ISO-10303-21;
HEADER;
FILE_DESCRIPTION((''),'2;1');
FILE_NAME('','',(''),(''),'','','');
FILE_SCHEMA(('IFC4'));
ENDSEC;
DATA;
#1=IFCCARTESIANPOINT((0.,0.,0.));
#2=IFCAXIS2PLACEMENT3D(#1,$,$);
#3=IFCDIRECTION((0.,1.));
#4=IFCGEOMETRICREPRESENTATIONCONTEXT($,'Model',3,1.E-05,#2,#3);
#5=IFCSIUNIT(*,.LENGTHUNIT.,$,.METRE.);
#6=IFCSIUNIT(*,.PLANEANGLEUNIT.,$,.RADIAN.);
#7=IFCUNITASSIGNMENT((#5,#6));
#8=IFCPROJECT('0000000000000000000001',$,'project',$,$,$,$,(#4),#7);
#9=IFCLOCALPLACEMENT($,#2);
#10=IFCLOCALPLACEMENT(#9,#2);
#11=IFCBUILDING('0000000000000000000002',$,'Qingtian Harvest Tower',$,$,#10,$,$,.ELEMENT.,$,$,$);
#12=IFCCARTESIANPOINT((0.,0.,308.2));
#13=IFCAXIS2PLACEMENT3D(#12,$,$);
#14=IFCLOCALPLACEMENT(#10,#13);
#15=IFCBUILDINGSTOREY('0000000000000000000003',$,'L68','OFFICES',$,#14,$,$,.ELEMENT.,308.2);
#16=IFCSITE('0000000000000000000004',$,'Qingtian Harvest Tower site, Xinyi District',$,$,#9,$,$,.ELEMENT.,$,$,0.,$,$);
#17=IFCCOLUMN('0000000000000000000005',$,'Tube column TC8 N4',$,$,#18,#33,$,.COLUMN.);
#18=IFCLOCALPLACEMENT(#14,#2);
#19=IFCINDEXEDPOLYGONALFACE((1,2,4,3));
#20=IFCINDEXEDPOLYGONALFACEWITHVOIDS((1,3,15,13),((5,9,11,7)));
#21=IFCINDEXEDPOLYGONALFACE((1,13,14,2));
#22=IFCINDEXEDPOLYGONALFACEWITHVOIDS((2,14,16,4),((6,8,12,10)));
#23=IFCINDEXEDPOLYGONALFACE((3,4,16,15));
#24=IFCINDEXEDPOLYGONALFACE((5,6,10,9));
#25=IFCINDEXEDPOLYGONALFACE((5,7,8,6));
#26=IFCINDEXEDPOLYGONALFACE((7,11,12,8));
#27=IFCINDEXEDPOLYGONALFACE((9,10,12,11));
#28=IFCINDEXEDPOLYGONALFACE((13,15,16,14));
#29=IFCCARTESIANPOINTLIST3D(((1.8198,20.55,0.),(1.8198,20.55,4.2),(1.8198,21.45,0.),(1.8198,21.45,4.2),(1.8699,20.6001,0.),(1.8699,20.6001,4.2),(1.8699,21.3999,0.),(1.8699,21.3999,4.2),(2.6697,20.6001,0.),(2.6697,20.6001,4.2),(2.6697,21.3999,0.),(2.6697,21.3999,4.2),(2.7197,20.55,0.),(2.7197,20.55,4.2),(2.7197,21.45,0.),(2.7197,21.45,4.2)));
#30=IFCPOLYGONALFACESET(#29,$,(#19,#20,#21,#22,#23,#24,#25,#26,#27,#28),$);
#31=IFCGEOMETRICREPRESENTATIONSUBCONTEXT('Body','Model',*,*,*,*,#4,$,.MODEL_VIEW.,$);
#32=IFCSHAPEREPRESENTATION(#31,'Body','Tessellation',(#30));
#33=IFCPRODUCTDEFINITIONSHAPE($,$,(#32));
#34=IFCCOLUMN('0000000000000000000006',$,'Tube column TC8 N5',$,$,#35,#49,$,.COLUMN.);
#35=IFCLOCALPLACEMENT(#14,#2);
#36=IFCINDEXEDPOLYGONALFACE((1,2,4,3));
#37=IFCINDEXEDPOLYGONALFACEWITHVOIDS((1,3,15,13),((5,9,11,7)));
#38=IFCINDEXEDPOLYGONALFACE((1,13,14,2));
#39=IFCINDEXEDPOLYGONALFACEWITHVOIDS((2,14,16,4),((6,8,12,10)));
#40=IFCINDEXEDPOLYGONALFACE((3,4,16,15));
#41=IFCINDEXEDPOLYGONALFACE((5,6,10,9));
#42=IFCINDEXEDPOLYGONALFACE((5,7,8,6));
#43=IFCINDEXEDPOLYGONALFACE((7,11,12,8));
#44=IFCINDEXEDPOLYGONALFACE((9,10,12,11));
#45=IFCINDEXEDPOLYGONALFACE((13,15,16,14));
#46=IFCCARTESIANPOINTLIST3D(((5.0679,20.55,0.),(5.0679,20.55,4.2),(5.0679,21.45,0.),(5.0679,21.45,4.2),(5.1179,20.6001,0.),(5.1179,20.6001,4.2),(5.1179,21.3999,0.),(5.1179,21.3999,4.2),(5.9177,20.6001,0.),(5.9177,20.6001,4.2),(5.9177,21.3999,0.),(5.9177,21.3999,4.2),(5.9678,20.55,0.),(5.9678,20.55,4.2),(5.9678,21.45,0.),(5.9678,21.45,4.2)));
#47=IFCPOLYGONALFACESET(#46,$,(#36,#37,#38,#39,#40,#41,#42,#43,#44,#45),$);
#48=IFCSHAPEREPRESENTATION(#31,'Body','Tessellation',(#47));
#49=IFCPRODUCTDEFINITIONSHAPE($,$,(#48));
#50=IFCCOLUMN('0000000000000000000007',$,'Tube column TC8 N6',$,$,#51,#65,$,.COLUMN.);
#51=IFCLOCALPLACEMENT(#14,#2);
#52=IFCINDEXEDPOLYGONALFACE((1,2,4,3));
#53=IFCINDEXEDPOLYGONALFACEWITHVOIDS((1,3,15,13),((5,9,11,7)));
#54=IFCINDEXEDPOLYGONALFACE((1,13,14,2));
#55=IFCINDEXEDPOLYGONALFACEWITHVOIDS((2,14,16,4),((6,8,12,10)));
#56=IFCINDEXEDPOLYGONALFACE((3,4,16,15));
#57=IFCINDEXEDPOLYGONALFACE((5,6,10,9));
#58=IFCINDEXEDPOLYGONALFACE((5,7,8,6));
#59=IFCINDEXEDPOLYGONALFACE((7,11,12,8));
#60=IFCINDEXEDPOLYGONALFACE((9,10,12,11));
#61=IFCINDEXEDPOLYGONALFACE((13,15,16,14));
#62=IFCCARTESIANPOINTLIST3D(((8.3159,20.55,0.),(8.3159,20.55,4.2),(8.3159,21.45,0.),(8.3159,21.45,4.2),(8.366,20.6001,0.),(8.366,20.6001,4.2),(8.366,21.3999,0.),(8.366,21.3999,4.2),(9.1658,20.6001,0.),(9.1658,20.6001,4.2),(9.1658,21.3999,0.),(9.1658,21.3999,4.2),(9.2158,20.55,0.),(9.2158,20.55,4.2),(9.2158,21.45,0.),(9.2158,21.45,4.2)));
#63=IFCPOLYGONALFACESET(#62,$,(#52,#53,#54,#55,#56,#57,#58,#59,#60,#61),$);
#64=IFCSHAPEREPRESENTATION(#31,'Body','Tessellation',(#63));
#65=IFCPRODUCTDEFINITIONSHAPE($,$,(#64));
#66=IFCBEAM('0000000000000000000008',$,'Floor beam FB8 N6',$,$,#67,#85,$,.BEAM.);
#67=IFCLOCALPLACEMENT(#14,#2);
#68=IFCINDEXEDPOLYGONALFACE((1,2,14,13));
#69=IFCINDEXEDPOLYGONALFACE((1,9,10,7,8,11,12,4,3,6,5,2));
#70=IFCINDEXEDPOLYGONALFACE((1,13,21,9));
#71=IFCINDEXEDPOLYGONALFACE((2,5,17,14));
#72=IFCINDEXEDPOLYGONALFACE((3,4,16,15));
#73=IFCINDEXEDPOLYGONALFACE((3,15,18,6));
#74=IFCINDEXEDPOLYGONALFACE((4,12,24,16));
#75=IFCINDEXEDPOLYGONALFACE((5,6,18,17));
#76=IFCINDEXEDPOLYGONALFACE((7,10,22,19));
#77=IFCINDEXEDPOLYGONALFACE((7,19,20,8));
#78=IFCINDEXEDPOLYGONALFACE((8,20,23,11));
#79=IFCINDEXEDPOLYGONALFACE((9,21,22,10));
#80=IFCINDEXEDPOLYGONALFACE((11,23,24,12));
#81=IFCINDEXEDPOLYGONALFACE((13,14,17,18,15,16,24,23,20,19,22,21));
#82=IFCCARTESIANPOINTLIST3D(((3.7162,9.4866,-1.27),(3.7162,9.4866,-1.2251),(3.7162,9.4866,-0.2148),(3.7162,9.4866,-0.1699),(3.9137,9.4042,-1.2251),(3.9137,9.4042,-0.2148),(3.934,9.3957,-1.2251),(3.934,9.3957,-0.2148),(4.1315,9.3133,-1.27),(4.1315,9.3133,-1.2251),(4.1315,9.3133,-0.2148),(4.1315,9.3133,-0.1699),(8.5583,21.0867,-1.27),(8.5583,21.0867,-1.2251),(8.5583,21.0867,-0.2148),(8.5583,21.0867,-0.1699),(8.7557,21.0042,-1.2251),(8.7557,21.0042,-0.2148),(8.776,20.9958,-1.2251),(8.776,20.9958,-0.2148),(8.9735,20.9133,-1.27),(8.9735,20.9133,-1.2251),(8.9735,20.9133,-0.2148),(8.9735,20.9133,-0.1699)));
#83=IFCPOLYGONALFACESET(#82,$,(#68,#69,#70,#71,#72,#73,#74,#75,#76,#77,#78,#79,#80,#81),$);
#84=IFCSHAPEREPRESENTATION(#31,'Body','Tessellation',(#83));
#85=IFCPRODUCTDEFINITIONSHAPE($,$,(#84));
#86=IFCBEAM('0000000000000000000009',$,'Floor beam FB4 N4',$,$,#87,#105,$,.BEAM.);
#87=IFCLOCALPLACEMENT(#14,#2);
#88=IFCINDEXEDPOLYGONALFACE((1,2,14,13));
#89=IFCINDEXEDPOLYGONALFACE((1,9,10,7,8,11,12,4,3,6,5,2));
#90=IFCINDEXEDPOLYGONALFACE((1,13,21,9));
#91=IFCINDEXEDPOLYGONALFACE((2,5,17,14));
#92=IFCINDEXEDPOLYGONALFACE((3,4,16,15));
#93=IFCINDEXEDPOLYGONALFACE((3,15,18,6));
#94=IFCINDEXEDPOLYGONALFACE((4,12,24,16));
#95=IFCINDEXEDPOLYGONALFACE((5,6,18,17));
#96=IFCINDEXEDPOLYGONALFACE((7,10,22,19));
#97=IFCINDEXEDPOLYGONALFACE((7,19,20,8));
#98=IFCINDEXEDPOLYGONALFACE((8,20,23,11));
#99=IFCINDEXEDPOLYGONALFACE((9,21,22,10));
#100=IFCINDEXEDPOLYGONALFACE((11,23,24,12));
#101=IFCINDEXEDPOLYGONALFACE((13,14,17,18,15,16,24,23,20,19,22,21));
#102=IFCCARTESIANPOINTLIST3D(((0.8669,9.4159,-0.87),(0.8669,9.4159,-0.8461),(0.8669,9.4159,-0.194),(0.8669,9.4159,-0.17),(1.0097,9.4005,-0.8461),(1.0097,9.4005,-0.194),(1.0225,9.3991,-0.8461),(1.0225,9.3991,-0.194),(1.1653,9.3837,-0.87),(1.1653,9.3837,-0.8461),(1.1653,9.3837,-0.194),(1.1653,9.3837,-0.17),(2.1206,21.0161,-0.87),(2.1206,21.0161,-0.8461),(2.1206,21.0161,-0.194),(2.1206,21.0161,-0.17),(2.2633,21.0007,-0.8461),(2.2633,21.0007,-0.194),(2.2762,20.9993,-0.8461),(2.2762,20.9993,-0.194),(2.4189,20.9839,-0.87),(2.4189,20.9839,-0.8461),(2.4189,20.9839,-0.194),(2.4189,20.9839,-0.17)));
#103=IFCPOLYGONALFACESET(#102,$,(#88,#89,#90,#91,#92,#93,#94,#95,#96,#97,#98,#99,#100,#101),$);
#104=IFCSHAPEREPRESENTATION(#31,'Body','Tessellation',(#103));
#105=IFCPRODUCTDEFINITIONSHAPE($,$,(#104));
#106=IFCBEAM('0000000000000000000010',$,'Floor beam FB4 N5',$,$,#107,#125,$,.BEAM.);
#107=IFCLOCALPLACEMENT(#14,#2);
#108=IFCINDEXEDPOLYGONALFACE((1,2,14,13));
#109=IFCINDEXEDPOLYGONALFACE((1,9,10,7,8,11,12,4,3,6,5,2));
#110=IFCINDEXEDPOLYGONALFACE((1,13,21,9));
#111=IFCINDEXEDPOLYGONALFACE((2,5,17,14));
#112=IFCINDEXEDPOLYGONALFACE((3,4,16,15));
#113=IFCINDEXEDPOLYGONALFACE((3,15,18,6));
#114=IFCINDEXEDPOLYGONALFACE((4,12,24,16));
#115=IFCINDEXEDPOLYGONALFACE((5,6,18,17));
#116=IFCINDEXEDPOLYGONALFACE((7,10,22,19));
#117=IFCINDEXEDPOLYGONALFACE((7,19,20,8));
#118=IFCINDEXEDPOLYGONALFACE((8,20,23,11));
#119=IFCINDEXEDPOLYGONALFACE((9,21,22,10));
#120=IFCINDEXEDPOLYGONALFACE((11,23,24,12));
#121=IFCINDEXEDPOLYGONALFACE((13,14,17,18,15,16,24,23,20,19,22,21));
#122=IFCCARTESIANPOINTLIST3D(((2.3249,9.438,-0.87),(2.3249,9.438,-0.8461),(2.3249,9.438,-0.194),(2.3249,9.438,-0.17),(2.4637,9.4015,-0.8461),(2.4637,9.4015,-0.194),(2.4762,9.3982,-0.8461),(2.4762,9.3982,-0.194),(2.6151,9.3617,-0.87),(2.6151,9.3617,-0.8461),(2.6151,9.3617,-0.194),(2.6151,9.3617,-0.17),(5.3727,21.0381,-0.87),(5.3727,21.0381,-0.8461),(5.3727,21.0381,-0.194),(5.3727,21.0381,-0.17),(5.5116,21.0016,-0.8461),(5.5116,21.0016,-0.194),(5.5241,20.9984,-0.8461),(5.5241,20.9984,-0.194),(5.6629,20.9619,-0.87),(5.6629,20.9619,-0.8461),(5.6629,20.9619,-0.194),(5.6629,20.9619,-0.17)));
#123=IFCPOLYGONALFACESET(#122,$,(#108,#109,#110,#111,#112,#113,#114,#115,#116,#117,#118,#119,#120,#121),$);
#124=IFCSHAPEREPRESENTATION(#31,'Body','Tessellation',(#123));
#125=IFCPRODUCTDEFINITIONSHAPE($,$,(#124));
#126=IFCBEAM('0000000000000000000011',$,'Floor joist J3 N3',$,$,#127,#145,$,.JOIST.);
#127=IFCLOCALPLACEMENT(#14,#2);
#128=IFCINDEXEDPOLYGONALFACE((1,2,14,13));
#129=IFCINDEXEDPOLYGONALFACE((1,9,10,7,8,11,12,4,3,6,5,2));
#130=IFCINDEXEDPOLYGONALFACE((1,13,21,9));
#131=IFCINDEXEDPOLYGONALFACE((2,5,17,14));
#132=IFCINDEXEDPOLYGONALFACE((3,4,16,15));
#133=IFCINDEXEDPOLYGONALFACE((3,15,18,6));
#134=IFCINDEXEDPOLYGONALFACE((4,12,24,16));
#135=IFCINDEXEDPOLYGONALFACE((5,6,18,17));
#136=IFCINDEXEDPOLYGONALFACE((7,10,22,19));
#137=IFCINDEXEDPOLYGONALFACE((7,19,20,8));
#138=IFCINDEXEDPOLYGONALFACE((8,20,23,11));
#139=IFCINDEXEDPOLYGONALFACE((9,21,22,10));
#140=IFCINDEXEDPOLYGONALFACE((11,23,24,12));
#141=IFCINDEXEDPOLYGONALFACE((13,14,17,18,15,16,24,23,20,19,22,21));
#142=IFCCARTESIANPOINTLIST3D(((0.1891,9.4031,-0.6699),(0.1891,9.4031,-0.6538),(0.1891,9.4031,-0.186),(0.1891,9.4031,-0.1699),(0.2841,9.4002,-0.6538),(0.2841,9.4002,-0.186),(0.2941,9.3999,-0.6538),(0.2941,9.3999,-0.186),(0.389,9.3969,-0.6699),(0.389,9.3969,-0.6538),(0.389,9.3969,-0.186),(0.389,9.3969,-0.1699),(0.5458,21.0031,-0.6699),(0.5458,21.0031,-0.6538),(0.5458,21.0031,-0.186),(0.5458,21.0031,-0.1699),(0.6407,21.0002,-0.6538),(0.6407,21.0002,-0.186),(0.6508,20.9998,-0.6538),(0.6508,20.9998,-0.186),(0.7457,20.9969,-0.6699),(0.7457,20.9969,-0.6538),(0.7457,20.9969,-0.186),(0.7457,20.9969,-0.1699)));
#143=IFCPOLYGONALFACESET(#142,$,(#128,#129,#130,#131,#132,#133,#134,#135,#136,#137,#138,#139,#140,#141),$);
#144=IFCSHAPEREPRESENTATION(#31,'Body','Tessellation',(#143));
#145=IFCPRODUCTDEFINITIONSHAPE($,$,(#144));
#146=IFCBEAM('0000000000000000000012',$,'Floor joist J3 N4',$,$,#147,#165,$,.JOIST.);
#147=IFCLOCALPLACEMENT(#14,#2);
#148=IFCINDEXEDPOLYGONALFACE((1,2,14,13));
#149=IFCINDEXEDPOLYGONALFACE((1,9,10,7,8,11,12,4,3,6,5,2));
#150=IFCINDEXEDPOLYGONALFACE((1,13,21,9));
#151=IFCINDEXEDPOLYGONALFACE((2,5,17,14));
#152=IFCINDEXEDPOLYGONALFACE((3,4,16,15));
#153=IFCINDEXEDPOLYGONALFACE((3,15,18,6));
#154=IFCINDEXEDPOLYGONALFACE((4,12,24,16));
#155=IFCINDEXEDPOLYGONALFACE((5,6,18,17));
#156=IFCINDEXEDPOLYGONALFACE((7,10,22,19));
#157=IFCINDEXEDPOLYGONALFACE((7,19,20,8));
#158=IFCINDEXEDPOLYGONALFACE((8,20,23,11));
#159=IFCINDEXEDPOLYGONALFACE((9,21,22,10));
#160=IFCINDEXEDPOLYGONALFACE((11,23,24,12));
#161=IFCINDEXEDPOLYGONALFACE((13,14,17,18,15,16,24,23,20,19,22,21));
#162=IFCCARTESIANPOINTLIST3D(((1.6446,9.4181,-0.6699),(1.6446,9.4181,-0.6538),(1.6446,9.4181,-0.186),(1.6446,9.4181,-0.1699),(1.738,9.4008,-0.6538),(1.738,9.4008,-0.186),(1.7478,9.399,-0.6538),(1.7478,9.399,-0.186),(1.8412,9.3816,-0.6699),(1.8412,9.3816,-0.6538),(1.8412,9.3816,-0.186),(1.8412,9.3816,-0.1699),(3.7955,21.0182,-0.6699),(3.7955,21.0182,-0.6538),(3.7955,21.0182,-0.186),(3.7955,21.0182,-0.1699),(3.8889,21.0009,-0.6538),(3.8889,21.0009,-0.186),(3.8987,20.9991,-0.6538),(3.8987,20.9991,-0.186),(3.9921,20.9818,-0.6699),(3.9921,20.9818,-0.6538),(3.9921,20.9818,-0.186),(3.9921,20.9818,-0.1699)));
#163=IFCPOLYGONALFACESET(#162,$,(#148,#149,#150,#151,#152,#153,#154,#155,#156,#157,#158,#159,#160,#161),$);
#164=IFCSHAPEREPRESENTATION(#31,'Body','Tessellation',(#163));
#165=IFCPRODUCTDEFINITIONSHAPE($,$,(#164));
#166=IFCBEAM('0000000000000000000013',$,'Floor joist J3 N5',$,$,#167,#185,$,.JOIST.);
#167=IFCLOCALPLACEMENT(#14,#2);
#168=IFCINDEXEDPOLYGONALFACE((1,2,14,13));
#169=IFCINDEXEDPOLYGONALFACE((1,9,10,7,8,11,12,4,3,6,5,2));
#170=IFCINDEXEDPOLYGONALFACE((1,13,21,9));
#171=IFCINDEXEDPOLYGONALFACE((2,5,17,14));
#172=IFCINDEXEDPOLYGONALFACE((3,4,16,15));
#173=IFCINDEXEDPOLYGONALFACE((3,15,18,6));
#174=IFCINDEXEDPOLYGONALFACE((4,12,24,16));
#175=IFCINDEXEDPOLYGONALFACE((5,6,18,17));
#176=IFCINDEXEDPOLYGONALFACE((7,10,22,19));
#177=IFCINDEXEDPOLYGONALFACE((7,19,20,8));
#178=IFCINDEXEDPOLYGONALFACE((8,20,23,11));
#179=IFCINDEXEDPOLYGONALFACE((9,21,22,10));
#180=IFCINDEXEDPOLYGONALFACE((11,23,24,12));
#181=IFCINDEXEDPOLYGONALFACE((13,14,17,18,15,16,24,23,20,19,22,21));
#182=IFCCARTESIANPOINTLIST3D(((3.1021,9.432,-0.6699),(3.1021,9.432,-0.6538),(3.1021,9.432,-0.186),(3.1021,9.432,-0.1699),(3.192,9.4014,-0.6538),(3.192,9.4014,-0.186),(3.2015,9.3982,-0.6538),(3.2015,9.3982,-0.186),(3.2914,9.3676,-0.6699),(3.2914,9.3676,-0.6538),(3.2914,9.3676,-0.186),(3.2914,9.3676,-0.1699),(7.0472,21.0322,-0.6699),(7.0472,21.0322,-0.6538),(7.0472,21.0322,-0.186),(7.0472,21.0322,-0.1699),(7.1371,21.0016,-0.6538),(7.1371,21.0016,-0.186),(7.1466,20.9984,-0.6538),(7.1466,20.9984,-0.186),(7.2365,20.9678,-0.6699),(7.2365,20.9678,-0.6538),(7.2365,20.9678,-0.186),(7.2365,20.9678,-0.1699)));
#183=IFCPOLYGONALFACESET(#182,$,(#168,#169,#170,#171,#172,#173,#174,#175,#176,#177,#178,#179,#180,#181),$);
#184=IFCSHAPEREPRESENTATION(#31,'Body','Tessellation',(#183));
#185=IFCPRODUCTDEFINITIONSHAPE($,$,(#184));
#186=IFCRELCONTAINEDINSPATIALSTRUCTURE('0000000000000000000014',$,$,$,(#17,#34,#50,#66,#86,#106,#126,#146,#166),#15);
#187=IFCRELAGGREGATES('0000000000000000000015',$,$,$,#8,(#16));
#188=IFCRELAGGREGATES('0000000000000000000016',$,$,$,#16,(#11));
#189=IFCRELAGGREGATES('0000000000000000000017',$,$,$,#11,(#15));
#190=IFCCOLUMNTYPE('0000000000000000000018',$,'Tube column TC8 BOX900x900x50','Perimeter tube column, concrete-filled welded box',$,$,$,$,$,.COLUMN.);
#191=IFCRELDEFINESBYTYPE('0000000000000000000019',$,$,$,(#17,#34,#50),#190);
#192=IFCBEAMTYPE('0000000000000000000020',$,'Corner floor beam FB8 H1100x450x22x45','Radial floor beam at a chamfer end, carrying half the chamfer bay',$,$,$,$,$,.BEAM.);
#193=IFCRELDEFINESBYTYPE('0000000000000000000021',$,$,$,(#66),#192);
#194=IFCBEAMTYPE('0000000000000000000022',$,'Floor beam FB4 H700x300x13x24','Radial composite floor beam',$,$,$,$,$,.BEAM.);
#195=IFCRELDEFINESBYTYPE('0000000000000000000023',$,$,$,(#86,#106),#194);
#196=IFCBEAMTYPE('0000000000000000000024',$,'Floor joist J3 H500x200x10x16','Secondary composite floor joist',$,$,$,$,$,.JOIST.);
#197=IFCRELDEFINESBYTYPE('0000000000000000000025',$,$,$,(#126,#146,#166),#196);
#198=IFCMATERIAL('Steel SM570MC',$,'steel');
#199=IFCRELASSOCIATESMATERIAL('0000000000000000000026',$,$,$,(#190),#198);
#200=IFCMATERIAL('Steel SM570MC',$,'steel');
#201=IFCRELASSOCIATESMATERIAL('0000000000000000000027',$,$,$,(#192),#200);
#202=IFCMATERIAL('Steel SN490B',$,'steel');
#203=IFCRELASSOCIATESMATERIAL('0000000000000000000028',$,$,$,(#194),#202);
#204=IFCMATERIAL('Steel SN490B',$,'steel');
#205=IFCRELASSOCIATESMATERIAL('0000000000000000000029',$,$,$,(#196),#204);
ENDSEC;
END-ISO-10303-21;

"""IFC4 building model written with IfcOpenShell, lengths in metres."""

from ifc_helpers import new_model, si_unit, direction, frame, origin, origin_2d, place, context, subcontext, project, spatial, hollow_rectangle, i_section, extrude, material, material_profile, profile_set, type_object, element, save


model = new_model("IFC4")

# Units and contexts
model_context = context("Model", 3, precision=1e-05, world=origin(), true_north=direction((0.0, 1.0)))
body_context = subcontext(model_context, "Body", "Model", "MODEL_VIEW")
ifc_project = project(units=[si_unit("LENGTHUNIT", "METRE"), si_unit("PLANEANGLEUNIT", "RADIAN")], contexts=[model_context])

# Site, building, storey
site_placement = place(None, origin())
site = spatial("IfcSite", under=ifc_project, at=site_placement, Name="Qingtian Harvest Tower site, Xinyi District", CompositionType="ELEMENT", RefElevation=0.0)
building_placement = place(site_placement, origin())
building = spatial("IfcBuilding", under=site, at=building_placement, Name="Qingtian Harvest Tower", CompositionType="ELEMENT")
storey_placement = place(building_placement, frame((0.0, 0.0, 308.2)))
storey = spatial("IfcBuildingStorey", under=building, at=storey_placement, Name="L68", Description="OFFICES", CompositionType="ELEMENT", Elevation=308.2)

# Columns
ifc_material_1 = material(Name="Steel SM570MC", Category="steel")
ifc_material_profile_1 = material_profile(ifc_material_1, hollow_rectangle(XDim=0.8999, YDim=0.8999, WallThickness=0.05, at=origin_2d()), Name="BOX900x900x50")
ifc_profile_set_1 = profile_set([ifc_material_profile_1], Name="Steel SM570MC")
column_type = type_object("IfcColumnType", Name="Tube column TC8 BOX900x900x50", Description="Perimeter tube column, concrete-filled welded box", PredefinedType="COLUMN", material=ifc_profile_set_1)
for number, where, z_axis, x_axis, name in (
    (1, (2.2698, 21.0, 0.0), (0.0, 0.0, 1.0), (-1.0, 0.0, 0.0), "Tube column TC8 N4"),
    (2, (5.5178, 21.0, 0.0), (0.0, 0.0, 1.0), (-1.0, 0.0, 0.0), "Tube column TC8 N5"),
    (3, (8.7659, 21.0, 0.0), (0.0, 0.0, 1.0), (-1.0, 0.0, 0.0), "Tube column TC8 N6"),
):
    element("IfcColumn", number, at=place(storey_placement, frame(where, z_axis=z_axis, x_axis=x_axis)), inside=storey, type_object=column_type, Name=name, PredefinedType="COLUMN", context=body_context, shape_type="SweptSolid", body=[
        extrude(hollow_rectangle(XDim=0.8999, YDim=0.8999, WallThickness=0.05, at=origin_2d()), origin(), (0.0, 0.0, 1.0), 4.2),
    ])

# Beams
ifc_material_2 = material(Name="Steel SM570MC", Category="steel")
ifc_material_profile_2 = material_profile(ifc_material_2, i_section(OverallWidth=0.45, OverallDepth=1.1001, WebThickness=0.022, FlangeThickness=0.0449, at=origin_2d()), Name="H1100x450x22x45")
ifc_profile_set_2 = profile_set([ifc_material_profile_2], Name="Steel SM570MC")
beam_type_1 = type_object("IfcBeamType", Name="Corner floor beam FB8 H1100x450x22x45", Description="Radial floor beam at a chamfer end, carrying half the chamfer bay", PredefinedType="BEAM", material=ifc_profile_set_2)
beam_1_placement = place(storey_placement, frame((8.7659, 21.0, -0.72), z_axis=(-0.385203, -0.922832, 0.0), x_axis=(0.922832, -0.385203, 0.0)))
element("IfcBeam", 4, at=beam_1_placement, inside=storey, type_object=beam_type_1, Name="Floor beam FB8 N6", PredefinedType="BEAM", context=body_context, shape_type="SweptSolid", body=[
    extrude(i_section(OverallWidth=0.45, OverallDepth=1.1001, WebThickness=0.022, FlangeThickness=0.0449, at=origin_2d()), origin(), (0.0, 0.0, 1.0), 12.5701),
])
ifc_material_3 = material(Name="Steel SN490B", Category="steel")
ifc_material_profile_3 = material_profile(ifc_material_3, i_section(OverallWidth=0.3, OverallDepth=0.7, WebThickness=0.0129, FlangeThickness=0.0239, at=origin_2d()), Name="H700x300x13x24")
ifc_profile_set_3 = profile_set([ifc_material_profile_3], Name="Steel SN490B")
beam_type_2 = type_object("IfcBeamType", Name="Floor beam FB4 H700x300x13x24", Description="Radial composite floor beam", PredefinedType="BEAM", material=ifc_profile_set_3)
beam_2_placement = place(storey_placement, frame((2.2698, 21.0, -0.52), z_axis=(-0.107448, -0.994211, 0.0), x_axis=(0.994211, -0.107448, 0.0)))
element("IfcBeam", 5, at=beam_2_placement, inside=storey, type_object=beam_type_2, Name="Floor beam FB4 N4", PredefinedType="BEAM", context=body_context, shape_type="SweptSolid", body=[
    extrude(i_section(OverallWidth=0.3, OverallDepth=0.7, WebThickness=0.0129, FlangeThickness=0.0239, at=origin_2d()), origin(), (0.0, 0.0, 1.0), 11.6677),
])
beam_3_placement = place(storey_placement, frame((5.5178, 21.0, -0.52), z_axis=(-0.254119, -0.967173, 0.0), x_axis=(0.967173, -0.254119, 0.0)))
element("IfcBeam", 6, at=beam_3_placement, inside=storey, type_object=beam_type_2, Name="Floor beam FB4 N5", PredefinedType="BEAM", context=body_context, shape_type="SweptSolid", body=[
    extrude(i_section(OverallWidth=0.3, OverallDepth=0.7, WebThickness=0.0129, FlangeThickness=0.0239, at=origin_2d()), origin(), (0.0, 0.0, 1.0), 11.9939),
])
ifc_material_4 = material(Name="Steel SN490B", Category="steel")
ifc_material_profile_4 = material_profile(ifc_material_4, i_section(OverallWidth=0.2, OverallDepth=0.5, WebThickness=0.01, FlangeThickness=0.0161, at=origin_2d()), Name="H500x200x10x16")
ifc_profile_set_4 = profile_set([ifc_material_profile_4], Name="Steel SN490B")
beam_type_3 = type_object("IfcBeamType", Name="Floor joist J3 H500x200x10x16", Description="Secondary composite floor joist", PredefinedType="JOIST", material=ifc_profile_set_4)
beam_4_placement = place(storey_placement, frame((0.6458, 21.0, -0.4199), z_axis=(-0.030734, -0.999528, 0.0), x_axis=(0.999528, -0.030734, 0.0)))
element("IfcBeam", 7, at=beam_4_placement, inside=storey, type_object=beam_type_3, Name="Floor joist J3 N3", PredefinedType="JOIST", context=body_context, shape_type="SweptSolid", body=[
    extrude(i_section(OverallWidth=0.2, OverallDepth=0.5, WebThickness=0.01, FlangeThickness=0.0161, at=origin_2d()), origin(), (0.0, 0.0, 1.0), 11.6055),
])
beam_5_placement = place(storey_placement, frame((3.8938, 21.0, -0.4199), z_axis=(-0.182312, -0.983241, 0.0), x_axis=(0.983241, -0.182312, 0.0)))
element("IfcBeam", 8, at=beam_5_placement, inside=storey, type_object=beam_type_3, Name="Floor joist J3 N4", PredefinedType="JOIST", context=body_context, shape_type="SweptSolid", body=[
    extrude(i_section(OverallWidth=0.2, OverallDepth=0.5, WebThickness=0.01, FlangeThickness=0.0161, at=origin_2d()), origin(), (0.0, 0.0, 1.0), 11.7979),
])
beam_6_placement = place(storey_placement, frame((7.1418, 21.0, -0.4199), z_axis=(-0.321978, -0.946747, 0.0), x_axis=(0.946747, -0.321978, 0.0)))
element("IfcBeam", 9, at=beam_6_placement, inside=storey, type_object=beam_type_3, Name="Floor joist J3 N5", PredefinedType="JOIST", context=body_context, shape_type="SweptSolid", body=[
    extrude(i_section(OverallWidth=0.2, OverallDepth=0.5, WebThickness=0.01, FlangeThickness=0.0161, at=origin_2d()), origin(), (0.0, 0.0, 1.0), 12.2527),
])

save(model, "model.ifc")
